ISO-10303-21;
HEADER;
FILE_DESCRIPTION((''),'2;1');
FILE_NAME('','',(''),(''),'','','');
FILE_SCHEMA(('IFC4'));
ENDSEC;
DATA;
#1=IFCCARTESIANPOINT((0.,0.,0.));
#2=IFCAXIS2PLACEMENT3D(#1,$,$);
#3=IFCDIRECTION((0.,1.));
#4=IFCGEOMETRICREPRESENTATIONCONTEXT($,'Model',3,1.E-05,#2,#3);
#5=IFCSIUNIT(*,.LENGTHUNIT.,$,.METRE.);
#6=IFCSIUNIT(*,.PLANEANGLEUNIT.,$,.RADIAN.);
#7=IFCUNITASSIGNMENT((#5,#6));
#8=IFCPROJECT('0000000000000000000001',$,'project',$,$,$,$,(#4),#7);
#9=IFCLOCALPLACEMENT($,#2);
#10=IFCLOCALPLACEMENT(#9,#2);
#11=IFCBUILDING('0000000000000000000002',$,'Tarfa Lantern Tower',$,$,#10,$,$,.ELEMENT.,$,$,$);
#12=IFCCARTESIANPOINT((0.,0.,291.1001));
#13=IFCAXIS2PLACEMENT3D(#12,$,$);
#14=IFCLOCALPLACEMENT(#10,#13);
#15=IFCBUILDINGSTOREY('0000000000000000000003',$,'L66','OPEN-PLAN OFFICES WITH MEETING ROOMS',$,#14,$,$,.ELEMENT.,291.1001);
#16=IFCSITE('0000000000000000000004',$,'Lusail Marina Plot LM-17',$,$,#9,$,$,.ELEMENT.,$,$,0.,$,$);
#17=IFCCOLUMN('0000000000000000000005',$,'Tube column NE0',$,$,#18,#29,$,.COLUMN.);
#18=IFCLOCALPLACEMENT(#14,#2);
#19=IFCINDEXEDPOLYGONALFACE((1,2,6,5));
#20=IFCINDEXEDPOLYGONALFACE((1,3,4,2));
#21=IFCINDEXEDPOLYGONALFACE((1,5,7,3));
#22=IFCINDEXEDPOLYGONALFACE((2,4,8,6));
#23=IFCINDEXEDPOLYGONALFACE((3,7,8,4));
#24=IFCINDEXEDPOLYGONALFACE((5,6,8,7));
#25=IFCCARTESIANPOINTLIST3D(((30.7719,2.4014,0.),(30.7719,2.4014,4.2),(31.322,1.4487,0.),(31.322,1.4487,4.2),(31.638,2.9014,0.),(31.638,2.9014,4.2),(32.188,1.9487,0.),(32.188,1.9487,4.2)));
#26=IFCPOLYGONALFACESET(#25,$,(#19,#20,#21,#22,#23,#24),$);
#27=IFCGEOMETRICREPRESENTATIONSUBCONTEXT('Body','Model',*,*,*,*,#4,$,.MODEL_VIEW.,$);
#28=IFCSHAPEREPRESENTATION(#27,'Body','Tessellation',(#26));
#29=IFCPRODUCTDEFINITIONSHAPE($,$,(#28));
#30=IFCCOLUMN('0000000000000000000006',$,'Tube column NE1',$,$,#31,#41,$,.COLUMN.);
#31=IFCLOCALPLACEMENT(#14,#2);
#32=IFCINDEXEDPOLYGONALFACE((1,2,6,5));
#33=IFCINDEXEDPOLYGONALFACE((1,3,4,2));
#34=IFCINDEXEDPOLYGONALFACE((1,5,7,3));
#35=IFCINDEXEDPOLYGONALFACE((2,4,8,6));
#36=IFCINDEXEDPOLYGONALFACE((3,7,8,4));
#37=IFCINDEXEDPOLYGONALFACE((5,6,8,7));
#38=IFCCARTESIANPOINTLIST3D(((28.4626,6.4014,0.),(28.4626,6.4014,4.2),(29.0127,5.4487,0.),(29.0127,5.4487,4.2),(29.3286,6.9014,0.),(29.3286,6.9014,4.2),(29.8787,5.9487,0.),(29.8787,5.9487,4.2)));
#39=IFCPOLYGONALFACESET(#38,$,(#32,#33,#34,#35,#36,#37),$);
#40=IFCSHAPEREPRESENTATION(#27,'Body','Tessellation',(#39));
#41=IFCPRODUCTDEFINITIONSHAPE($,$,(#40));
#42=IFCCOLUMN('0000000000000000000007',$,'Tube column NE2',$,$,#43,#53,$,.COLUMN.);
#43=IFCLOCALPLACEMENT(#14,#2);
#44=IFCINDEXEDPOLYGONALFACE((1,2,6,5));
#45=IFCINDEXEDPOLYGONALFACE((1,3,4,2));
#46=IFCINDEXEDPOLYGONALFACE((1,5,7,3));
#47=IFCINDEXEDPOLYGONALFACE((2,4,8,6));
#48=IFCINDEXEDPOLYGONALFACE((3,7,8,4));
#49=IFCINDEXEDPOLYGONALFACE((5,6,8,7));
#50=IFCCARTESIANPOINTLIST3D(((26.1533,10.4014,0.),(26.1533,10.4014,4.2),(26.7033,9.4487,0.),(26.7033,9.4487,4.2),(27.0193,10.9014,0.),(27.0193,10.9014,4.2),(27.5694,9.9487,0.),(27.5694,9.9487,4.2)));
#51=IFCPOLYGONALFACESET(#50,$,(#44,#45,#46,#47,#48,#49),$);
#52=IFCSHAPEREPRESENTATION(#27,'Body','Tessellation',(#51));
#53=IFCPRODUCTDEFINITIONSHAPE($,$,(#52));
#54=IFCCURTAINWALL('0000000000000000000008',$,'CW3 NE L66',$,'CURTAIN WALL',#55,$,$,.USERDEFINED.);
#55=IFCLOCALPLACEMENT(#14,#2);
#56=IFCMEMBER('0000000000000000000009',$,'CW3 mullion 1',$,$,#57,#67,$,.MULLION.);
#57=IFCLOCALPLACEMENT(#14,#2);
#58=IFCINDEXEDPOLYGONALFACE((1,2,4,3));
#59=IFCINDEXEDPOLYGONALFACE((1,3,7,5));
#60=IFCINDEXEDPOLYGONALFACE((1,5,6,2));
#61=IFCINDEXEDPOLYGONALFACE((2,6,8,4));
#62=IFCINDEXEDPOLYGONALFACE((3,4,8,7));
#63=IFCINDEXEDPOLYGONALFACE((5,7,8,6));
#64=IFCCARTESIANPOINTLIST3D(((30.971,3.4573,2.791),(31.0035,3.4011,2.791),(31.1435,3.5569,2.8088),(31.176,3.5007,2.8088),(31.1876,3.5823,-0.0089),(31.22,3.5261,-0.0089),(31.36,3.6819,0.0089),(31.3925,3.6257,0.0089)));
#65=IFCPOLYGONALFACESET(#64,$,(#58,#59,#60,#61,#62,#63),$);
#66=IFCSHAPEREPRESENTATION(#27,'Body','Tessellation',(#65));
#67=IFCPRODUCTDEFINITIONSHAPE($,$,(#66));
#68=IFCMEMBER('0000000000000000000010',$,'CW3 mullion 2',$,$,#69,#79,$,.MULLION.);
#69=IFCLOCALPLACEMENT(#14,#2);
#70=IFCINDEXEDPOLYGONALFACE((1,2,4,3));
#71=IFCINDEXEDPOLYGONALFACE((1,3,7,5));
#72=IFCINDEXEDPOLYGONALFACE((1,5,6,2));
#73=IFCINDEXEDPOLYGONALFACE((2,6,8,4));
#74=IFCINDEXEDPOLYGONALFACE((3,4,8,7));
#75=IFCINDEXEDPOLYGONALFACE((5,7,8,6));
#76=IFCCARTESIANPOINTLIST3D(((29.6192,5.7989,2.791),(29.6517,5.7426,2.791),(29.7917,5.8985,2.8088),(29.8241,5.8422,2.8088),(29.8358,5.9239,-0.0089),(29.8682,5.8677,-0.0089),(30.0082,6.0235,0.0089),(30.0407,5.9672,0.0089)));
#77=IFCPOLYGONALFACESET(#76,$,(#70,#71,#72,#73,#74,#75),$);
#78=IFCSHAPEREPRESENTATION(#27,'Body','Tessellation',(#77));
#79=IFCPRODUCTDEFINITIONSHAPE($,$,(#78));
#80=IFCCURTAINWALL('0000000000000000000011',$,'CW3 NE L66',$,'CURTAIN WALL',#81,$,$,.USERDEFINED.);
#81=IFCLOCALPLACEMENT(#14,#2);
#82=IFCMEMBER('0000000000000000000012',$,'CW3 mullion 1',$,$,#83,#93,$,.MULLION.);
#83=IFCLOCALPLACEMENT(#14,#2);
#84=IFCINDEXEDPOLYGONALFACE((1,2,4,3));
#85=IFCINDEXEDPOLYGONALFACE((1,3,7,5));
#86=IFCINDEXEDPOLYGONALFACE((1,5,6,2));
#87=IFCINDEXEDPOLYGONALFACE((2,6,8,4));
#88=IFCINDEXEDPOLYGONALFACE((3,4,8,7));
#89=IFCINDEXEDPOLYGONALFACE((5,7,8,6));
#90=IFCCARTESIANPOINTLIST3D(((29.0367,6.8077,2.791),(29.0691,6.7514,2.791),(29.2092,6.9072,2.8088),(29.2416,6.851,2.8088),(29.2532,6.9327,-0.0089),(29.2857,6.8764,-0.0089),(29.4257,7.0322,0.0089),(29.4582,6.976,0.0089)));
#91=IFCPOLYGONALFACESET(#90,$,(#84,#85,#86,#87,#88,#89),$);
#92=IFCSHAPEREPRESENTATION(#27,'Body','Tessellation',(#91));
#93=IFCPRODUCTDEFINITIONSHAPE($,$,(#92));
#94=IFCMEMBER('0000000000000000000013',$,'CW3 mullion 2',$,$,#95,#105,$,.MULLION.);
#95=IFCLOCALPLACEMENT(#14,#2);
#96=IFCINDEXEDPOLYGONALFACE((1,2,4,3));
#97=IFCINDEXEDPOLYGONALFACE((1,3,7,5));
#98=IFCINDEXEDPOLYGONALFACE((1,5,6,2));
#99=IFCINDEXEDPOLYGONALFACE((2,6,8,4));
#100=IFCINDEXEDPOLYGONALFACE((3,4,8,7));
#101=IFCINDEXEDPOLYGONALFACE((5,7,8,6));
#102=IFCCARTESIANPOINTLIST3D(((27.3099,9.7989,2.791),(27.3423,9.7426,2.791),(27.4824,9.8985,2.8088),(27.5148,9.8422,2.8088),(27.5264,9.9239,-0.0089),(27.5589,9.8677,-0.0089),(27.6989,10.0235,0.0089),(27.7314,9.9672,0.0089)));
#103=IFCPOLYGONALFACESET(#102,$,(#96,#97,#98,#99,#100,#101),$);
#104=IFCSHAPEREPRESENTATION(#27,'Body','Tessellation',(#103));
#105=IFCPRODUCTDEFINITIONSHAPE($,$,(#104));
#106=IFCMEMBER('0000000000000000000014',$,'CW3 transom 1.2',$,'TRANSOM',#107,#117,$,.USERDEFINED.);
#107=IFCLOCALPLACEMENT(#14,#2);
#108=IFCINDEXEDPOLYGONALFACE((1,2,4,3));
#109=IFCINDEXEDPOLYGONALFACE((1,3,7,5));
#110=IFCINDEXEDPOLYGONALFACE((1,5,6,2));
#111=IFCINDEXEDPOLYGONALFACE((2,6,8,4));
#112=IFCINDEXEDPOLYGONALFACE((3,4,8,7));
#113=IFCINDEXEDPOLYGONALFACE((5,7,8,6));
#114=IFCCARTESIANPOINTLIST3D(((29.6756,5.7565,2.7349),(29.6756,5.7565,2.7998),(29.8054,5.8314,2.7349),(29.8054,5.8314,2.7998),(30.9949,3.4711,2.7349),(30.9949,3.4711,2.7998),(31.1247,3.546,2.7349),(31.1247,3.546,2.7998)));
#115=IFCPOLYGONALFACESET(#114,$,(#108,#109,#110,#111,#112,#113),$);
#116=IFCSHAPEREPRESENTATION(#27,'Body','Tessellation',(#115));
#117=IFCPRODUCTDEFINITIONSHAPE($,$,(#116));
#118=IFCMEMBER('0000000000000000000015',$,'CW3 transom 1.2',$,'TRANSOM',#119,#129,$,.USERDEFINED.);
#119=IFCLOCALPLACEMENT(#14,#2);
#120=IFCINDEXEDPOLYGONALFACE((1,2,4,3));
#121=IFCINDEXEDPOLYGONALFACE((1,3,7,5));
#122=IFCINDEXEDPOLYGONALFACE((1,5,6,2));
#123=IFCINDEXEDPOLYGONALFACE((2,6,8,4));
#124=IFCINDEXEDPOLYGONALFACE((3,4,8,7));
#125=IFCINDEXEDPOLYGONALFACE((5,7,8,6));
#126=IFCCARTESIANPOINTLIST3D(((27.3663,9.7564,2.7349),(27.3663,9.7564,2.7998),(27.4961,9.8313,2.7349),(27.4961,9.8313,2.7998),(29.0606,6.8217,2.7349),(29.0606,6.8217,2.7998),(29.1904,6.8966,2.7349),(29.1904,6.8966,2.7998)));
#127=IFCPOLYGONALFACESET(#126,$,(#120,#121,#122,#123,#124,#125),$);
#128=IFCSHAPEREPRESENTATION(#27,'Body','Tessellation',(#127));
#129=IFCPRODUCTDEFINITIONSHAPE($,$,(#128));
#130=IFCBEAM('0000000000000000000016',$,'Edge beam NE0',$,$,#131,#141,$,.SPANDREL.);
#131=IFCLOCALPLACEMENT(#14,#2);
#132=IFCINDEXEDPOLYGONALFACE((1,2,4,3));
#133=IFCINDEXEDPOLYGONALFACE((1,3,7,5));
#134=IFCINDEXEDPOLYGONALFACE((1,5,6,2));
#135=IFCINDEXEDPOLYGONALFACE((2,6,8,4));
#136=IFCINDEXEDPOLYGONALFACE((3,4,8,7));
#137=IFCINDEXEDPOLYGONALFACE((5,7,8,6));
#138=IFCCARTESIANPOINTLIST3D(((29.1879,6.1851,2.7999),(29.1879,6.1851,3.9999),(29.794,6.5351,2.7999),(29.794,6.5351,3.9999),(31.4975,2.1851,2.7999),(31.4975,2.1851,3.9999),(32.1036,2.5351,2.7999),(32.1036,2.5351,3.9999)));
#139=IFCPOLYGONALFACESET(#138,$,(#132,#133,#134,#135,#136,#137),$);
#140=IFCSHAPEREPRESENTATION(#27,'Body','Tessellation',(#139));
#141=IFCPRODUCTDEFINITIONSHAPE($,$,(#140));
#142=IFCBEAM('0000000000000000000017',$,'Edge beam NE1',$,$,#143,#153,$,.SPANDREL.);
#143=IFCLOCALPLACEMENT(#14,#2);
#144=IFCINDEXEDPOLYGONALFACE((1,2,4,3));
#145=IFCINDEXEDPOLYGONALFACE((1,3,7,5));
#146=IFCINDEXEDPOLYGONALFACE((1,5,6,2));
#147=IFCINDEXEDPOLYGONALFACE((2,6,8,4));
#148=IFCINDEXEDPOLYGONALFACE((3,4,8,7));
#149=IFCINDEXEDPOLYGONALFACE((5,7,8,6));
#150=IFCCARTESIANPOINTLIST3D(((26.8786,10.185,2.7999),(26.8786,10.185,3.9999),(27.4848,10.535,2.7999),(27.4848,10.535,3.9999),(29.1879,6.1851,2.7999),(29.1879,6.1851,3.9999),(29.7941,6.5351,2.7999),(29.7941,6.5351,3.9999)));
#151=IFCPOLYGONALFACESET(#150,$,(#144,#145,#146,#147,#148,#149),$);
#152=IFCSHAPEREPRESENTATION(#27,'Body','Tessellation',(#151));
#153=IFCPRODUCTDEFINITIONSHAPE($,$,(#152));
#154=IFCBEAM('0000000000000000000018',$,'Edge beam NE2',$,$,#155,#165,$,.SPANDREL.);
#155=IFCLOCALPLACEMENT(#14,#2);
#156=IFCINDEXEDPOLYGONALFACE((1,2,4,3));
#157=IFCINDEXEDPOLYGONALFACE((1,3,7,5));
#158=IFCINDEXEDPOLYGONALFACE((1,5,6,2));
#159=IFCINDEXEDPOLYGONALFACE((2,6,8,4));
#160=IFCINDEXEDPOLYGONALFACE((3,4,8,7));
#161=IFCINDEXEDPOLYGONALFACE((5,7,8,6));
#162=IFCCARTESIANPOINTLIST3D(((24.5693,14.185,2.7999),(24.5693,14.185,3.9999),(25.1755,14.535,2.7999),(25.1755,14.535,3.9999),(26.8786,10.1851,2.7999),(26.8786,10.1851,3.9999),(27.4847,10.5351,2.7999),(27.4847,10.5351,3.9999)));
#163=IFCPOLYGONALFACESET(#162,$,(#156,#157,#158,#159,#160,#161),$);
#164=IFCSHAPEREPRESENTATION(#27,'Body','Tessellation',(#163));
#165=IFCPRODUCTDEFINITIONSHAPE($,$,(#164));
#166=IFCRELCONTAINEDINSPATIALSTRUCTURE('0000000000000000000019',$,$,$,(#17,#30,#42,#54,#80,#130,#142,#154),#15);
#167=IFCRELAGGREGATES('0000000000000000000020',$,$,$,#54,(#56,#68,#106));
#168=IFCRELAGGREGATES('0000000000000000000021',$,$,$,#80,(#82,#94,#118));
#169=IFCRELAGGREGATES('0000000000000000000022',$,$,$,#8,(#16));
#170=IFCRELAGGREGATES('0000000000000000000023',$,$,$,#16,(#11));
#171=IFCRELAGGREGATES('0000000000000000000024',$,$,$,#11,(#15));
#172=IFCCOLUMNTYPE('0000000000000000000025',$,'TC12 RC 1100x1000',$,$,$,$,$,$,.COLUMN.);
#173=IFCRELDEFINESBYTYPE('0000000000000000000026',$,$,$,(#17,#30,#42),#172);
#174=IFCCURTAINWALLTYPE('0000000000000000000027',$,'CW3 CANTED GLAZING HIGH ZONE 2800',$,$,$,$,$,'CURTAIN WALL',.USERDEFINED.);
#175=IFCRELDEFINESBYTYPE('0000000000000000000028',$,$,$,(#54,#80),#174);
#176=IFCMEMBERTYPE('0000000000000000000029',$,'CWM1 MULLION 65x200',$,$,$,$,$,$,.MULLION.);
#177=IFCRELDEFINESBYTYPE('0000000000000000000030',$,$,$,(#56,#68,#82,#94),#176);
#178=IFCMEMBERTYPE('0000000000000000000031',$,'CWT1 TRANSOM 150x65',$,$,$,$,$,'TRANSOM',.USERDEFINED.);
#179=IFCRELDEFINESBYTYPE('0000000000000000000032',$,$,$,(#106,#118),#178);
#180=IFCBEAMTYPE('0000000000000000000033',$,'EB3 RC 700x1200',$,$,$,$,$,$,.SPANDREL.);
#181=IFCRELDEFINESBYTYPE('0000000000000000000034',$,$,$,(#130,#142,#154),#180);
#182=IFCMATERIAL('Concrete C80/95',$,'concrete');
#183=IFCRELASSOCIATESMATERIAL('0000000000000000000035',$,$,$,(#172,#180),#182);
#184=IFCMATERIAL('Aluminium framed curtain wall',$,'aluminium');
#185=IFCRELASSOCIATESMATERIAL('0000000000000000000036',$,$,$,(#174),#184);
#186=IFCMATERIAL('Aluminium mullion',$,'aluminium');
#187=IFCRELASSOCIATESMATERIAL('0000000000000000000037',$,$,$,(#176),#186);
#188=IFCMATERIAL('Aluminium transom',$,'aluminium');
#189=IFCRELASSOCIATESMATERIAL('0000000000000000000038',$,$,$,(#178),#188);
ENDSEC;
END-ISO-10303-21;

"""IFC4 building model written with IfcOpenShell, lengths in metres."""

from ifc_helpers import new_model, si_unit, direction, frame, origin, origin_2d, place, context, subcontext, project, spatial, rectangle, extrude, material, material_profile, profile_set, type_object, element, aggregate, save


model = new_model("IFC4")

# Units and contexts
model_context = context("Model", 3, precision=1e-05, world=origin(), true_north=direction((0.0, 1.0)))
body_context = subcontext(model_context, "Body", "Model", "MODEL_VIEW")
ifc_project = project(units=[si_unit("LENGTHUNIT", "METRE"), si_unit("PLANEANGLEUNIT", "RADIAN")], contexts=[model_context])

# Site, building, storey
site_placement = place(None, origin())
site = spatial("IfcSite", under=ifc_project, at=site_placement, Name="Lusail Marina Plot LM-17", CompositionType="ELEMENT", RefElevation=0.0)
building_placement = place(site_placement, origin())
building = spatial("IfcBuilding", under=site, at=building_placement, Name="Tarfa Lantern Tower", CompositionType="ELEMENT")
storey_placement = place(building_placement, frame((0.0, 0.0, 291.1001)))
storey = spatial("IfcBuildingStorey", under=building, at=storey_placement, Name="L66", Description="OPEN-PLAN OFFICES WITH MEETING ROOMS", CompositionType="ELEMENT", Elevation=291.1001)

# Columns
ifc_material_1 = material(Name="Concrete C80/95", Category="concrete")
ifc_material_profile_1 = material_profile(ifc_material_1, rectangle(XDim=1.1001, YDim=1.0, at=origin_2d()), Name="RC 1100x1000")
ifc_profile_set_1 = profile_set([ifc_material_profile_1], Name="Concrete C80/95")
column_type = type_object("IfcColumnType", Name="TC12 RC 1100x1000", PredefinedType="COLUMN", material=ifc_profile_set_1)
for number, where, z_axis, x_axis, name in (
    (1, (31.48, 2.175, 0.0), (0.0, 0.0, 1.0), (-0.5, 0.866025, 0.0), "Tube column NE0"),
    (2, (29.1707, 6.175, 0.0), (0.0, 0.0, 1.0), (-0.5, 0.866025, 0.0), "Tube column NE1"),
    (3, (26.8613, 10.175, 0.0), (0.0, 0.0, 1.0), (-0.5, 0.866025, 0.0), "Tube column NE2"),
):
    element("IfcColumn", number, at=place(storey_placement, frame(where, z_axis=z_axis, x_axis=x_axis)), inside=storey, type_object=column_type, Name=name, PredefinedType="COLUMN", context=body_context, shape_type="SweptSolid", body=[
        extrude(rectangle(XDim=1.1001, YDim=1.0, at=origin_2d()), origin(), (0.0, 0.0, 1.0), 4.2),
    ])

# Curtain walls, members
ifc_material_2 = material(Name="Aluminium framed curtain wall", Category="aluminium")
curtain_wall_type = type_object("IfcCurtainWallType", Name="CW3 CANTED GLAZING HIGH ZONE 2800", ElementType="CURTAIN WALL", PredefinedType="USERDEFINED", material=ifc_material_2)
curtain_wall_1_placement = place(storey_placement, origin())
curtain_wall_1 = element("IfcCurtainWall", 4, at=curtain_wall_1_placement, inside=storey, type_object=curtain_wall_type, Name="CW3 NE L66", ObjectType="CURTAIN WALL", PredefinedType="USERDEFINED")
ifc_material_3 = material(Name="Aluminium mullion", Category="aluminium")
ifc_material_profile_2 = material_profile(ifc_material_3, rectangle(XDim=0.0649, YDim=0.2, at=origin_2d()), Name="AL MULLION 65x200")
ifc_profile_set_2 = profile_set([ifc_material_profile_2], Name="Aluminium mullion")
member_type_1 = type_object("IfcMemberType", Name="CWM1 MULLION 65x200", PredefinedType="MULLION", material=ifc_profile_set_2)
member_1_placement = place(storey_placement, frame((31.29, 3.604, 0.0), z_axis=(-0.077039, -0.044469, 0.996036), x_axis=(0.49992, -0.866072, 0.0)))
member_1 = element("IfcMember", 5, at=member_1_placement, type_object=member_type_1, Name="CW3 mullion 1", PredefinedType="MULLION", context=body_context, shape_type="SweptSolid", body=[
    extrude(rectangle(XDim=0.0649, YDim=0.2, at=origin_2d()), origin(), (0.0, 0.0, 1.0), 2.811),
])
member_2_placement = place(storey_placement, frame((29.9382, 5.9456, 0.0), z_axis=(-0.077039, -0.044469, 0.996036), x_axis=(0.49992, -0.866072, 0.0)))
member_2 = element("IfcMember", 6, at=member_2_placement, type_object=member_type_1, Name="CW3 mullion 2", PredefinedType="MULLION", context=body_context, shape_type="SweptSolid", body=[
    extrude(rectangle(XDim=0.0649, YDim=0.2, at=origin_2d()), origin(), (0.0, 0.0, 1.0), 2.811),
])
curtain_wall_2_placement = place(storey_placement, origin())
curtain_wall_2 = element("IfcCurtainWall", 7, at=curtain_wall_2_placement, inside=storey, type_object=curtain_wall_type, Name="CW3 NE L66", ObjectType="CURTAIN WALL", PredefinedType="USERDEFINED")
member_3_placement = place(storey_placement, frame((29.3557, 6.9543, 0.0), z_axis=(-0.077039, -0.044469, 0.996036), x_axis=(0.49992, -0.866072, 0.0)))
member_3 = element("IfcMember", 8, at=member_3_placement, type_object=member_type_1, Name="CW3 mullion 1", PredefinedType="MULLION", context=body_context, shape_type="SweptSolid", body=[
    extrude(rectangle(XDim=0.0649, YDim=0.2, at=origin_2d()), origin(), (0.0, 0.0, 1.0), 2.811),
])
member_4_placement = place(storey_placement, frame((27.6289, 9.9456, 0.0), z_axis=(-0.077039, -0.044469, 0.996036), x_axis=(0.49992, -0.866072, 0.0)))
member_4 = element("IfcMember", 9, at=member_4_placement, type_object=member_type_1, Name="CW3 mullion 2", PredefinedType="MULLION", context=body_context, shape_type="SweptSolid", body=[
    extrude(rectangle(XDim=0.0649, YDim=0.2, at=origin_2d()), origin(), (0.0, 0.0, 1.0), 2.811),
])

# Members
ifc_material_4 = material(Name="Aluminium transom", Category="aluminium")
ifc_material_profile_3 = material_profile(ifc_material_4, rectangle(XDim=0.1499, YDim=0.0649, at=origin_2d()), Name="AL TRANSOM 150x65")
ifc_profile_set_3 = profile_set([ifc_material_profile_3], Name="Aluminium transom")
member_type_2 = type_object("IfcMemberType", Name="CWT1 TRANSOM 150x65", ElementType="TRANSOM", PredefinedType="USERDEFINED", material=ifc_profile_set_3)
member_5_placement = place(storey_placement, frame((31.0598, 3.5085, 2.7673), z_axis=(-0.49996, 0.866048, 0.0), x_axis=(-0.866048, -0.49996, 0.0)))
member_5 = element("IfcMember", 10, at=member_5_placement, type_object=member_type_2, Name="CW3 transom 1.2", ObjectType="TRANSOM", PredefinedType="USERDEFINED", context=body_context, shape_type="SweptSolid", body=[
    extrude(rectangle(XDim=0.1499, YDim=0.0649, at=origin_2d()), origin(), (0.0, 0.0, 1.0), 2.6389),
])
member_6_placement = place(storey_placement, frame((29.1255, 6.8591, 2.7673), z_axis=(-0.499982, 0.866036, 0.0), x_axis=(-0.866036, -0.499982, 0.0)))
member_6 = element("IfcMember", 11, at=member_6_placement, type_object=member_type_2, Name="CW3 transom 1.2", ObjectType="TRANSOM", PredefinedType="USERDEFINED", context=body_context, shape_type="SweptSolid", body=[
    extrude(rectangle(XDim=0.1499, YDim=0.0649, at=origin_2d()), origin(), (0.0, 0.0, 1.0), 3.3887),
])

# Beams
ifc_material_profile_4 = material_profile(ifc_material_1, rectangle(XDim=0.7, YDim=1.2, at=origin_2d()), Name="RC 700x1200")
ifc_profile_set_4 = profile_set([ifc_material_profile_4], Name="Concrete C80/95")
beam_type_1 = type_object("IfcBeamType", Name="EB3 RC 700x1200", PredefinedType="SPANDREL", material=ifc_profile_set_4)
beam_1_placement = place(storey_placement, frame((31.8005, 2.3601, 3.3999), z_axis=(-0.500027, 0.86601, 0.0), x_axis=(-0.86601, -0.500027, 0.0)))
element("IfcBeam", 12, at=beam_1_placement, inside=storey, type_object=beam_type_1, Name="Edge beam NE0", PredefinedType="SPANDREL", context=body_context, shape_type="SweptSolid", body=[
    extrude(rectangle(XDim=0.7, YDim=1.2, at=origin_2d()), origin(), (0.0, 0.0, 1.0), 4.6189),
])
for number, where, z_axis, x_axis, name in (
    (13, (29.491, 6.3601, 3.3999), (-0.499988, 0.866032, 0.0), (-0.866032, -0.499988, 0.0), "Edge beam NE1"),
    (14, (27.1816, 10.3601, 3.3999), (-0.499988, 0.866032, 0.0), (-0.866032, -0.499988, 0.0), "Edge beam NE2"),
):
    element("IfcBeam", number, at=place(storey_placement, frame(where, z_axis=z_axis, x_axis=x_axis)), inside=storey, type_object=beam_type_1, Name=name, PredefinedType="SPANDREL", context=body_context, shape_type="SweptSolid", body=[
        extrude(rectangle(XDim=0.7, YDim=1.2, at=origin_2d()), origin(), (0.0, 0.0, 1.0), 4.6187),
    ])

aggregate(curtain_wall_1, [member_1, member_2, member_5])
aggregate(curtain_wall_2, [member_3, member_4, member_6])

save(model, "model.ifc")
